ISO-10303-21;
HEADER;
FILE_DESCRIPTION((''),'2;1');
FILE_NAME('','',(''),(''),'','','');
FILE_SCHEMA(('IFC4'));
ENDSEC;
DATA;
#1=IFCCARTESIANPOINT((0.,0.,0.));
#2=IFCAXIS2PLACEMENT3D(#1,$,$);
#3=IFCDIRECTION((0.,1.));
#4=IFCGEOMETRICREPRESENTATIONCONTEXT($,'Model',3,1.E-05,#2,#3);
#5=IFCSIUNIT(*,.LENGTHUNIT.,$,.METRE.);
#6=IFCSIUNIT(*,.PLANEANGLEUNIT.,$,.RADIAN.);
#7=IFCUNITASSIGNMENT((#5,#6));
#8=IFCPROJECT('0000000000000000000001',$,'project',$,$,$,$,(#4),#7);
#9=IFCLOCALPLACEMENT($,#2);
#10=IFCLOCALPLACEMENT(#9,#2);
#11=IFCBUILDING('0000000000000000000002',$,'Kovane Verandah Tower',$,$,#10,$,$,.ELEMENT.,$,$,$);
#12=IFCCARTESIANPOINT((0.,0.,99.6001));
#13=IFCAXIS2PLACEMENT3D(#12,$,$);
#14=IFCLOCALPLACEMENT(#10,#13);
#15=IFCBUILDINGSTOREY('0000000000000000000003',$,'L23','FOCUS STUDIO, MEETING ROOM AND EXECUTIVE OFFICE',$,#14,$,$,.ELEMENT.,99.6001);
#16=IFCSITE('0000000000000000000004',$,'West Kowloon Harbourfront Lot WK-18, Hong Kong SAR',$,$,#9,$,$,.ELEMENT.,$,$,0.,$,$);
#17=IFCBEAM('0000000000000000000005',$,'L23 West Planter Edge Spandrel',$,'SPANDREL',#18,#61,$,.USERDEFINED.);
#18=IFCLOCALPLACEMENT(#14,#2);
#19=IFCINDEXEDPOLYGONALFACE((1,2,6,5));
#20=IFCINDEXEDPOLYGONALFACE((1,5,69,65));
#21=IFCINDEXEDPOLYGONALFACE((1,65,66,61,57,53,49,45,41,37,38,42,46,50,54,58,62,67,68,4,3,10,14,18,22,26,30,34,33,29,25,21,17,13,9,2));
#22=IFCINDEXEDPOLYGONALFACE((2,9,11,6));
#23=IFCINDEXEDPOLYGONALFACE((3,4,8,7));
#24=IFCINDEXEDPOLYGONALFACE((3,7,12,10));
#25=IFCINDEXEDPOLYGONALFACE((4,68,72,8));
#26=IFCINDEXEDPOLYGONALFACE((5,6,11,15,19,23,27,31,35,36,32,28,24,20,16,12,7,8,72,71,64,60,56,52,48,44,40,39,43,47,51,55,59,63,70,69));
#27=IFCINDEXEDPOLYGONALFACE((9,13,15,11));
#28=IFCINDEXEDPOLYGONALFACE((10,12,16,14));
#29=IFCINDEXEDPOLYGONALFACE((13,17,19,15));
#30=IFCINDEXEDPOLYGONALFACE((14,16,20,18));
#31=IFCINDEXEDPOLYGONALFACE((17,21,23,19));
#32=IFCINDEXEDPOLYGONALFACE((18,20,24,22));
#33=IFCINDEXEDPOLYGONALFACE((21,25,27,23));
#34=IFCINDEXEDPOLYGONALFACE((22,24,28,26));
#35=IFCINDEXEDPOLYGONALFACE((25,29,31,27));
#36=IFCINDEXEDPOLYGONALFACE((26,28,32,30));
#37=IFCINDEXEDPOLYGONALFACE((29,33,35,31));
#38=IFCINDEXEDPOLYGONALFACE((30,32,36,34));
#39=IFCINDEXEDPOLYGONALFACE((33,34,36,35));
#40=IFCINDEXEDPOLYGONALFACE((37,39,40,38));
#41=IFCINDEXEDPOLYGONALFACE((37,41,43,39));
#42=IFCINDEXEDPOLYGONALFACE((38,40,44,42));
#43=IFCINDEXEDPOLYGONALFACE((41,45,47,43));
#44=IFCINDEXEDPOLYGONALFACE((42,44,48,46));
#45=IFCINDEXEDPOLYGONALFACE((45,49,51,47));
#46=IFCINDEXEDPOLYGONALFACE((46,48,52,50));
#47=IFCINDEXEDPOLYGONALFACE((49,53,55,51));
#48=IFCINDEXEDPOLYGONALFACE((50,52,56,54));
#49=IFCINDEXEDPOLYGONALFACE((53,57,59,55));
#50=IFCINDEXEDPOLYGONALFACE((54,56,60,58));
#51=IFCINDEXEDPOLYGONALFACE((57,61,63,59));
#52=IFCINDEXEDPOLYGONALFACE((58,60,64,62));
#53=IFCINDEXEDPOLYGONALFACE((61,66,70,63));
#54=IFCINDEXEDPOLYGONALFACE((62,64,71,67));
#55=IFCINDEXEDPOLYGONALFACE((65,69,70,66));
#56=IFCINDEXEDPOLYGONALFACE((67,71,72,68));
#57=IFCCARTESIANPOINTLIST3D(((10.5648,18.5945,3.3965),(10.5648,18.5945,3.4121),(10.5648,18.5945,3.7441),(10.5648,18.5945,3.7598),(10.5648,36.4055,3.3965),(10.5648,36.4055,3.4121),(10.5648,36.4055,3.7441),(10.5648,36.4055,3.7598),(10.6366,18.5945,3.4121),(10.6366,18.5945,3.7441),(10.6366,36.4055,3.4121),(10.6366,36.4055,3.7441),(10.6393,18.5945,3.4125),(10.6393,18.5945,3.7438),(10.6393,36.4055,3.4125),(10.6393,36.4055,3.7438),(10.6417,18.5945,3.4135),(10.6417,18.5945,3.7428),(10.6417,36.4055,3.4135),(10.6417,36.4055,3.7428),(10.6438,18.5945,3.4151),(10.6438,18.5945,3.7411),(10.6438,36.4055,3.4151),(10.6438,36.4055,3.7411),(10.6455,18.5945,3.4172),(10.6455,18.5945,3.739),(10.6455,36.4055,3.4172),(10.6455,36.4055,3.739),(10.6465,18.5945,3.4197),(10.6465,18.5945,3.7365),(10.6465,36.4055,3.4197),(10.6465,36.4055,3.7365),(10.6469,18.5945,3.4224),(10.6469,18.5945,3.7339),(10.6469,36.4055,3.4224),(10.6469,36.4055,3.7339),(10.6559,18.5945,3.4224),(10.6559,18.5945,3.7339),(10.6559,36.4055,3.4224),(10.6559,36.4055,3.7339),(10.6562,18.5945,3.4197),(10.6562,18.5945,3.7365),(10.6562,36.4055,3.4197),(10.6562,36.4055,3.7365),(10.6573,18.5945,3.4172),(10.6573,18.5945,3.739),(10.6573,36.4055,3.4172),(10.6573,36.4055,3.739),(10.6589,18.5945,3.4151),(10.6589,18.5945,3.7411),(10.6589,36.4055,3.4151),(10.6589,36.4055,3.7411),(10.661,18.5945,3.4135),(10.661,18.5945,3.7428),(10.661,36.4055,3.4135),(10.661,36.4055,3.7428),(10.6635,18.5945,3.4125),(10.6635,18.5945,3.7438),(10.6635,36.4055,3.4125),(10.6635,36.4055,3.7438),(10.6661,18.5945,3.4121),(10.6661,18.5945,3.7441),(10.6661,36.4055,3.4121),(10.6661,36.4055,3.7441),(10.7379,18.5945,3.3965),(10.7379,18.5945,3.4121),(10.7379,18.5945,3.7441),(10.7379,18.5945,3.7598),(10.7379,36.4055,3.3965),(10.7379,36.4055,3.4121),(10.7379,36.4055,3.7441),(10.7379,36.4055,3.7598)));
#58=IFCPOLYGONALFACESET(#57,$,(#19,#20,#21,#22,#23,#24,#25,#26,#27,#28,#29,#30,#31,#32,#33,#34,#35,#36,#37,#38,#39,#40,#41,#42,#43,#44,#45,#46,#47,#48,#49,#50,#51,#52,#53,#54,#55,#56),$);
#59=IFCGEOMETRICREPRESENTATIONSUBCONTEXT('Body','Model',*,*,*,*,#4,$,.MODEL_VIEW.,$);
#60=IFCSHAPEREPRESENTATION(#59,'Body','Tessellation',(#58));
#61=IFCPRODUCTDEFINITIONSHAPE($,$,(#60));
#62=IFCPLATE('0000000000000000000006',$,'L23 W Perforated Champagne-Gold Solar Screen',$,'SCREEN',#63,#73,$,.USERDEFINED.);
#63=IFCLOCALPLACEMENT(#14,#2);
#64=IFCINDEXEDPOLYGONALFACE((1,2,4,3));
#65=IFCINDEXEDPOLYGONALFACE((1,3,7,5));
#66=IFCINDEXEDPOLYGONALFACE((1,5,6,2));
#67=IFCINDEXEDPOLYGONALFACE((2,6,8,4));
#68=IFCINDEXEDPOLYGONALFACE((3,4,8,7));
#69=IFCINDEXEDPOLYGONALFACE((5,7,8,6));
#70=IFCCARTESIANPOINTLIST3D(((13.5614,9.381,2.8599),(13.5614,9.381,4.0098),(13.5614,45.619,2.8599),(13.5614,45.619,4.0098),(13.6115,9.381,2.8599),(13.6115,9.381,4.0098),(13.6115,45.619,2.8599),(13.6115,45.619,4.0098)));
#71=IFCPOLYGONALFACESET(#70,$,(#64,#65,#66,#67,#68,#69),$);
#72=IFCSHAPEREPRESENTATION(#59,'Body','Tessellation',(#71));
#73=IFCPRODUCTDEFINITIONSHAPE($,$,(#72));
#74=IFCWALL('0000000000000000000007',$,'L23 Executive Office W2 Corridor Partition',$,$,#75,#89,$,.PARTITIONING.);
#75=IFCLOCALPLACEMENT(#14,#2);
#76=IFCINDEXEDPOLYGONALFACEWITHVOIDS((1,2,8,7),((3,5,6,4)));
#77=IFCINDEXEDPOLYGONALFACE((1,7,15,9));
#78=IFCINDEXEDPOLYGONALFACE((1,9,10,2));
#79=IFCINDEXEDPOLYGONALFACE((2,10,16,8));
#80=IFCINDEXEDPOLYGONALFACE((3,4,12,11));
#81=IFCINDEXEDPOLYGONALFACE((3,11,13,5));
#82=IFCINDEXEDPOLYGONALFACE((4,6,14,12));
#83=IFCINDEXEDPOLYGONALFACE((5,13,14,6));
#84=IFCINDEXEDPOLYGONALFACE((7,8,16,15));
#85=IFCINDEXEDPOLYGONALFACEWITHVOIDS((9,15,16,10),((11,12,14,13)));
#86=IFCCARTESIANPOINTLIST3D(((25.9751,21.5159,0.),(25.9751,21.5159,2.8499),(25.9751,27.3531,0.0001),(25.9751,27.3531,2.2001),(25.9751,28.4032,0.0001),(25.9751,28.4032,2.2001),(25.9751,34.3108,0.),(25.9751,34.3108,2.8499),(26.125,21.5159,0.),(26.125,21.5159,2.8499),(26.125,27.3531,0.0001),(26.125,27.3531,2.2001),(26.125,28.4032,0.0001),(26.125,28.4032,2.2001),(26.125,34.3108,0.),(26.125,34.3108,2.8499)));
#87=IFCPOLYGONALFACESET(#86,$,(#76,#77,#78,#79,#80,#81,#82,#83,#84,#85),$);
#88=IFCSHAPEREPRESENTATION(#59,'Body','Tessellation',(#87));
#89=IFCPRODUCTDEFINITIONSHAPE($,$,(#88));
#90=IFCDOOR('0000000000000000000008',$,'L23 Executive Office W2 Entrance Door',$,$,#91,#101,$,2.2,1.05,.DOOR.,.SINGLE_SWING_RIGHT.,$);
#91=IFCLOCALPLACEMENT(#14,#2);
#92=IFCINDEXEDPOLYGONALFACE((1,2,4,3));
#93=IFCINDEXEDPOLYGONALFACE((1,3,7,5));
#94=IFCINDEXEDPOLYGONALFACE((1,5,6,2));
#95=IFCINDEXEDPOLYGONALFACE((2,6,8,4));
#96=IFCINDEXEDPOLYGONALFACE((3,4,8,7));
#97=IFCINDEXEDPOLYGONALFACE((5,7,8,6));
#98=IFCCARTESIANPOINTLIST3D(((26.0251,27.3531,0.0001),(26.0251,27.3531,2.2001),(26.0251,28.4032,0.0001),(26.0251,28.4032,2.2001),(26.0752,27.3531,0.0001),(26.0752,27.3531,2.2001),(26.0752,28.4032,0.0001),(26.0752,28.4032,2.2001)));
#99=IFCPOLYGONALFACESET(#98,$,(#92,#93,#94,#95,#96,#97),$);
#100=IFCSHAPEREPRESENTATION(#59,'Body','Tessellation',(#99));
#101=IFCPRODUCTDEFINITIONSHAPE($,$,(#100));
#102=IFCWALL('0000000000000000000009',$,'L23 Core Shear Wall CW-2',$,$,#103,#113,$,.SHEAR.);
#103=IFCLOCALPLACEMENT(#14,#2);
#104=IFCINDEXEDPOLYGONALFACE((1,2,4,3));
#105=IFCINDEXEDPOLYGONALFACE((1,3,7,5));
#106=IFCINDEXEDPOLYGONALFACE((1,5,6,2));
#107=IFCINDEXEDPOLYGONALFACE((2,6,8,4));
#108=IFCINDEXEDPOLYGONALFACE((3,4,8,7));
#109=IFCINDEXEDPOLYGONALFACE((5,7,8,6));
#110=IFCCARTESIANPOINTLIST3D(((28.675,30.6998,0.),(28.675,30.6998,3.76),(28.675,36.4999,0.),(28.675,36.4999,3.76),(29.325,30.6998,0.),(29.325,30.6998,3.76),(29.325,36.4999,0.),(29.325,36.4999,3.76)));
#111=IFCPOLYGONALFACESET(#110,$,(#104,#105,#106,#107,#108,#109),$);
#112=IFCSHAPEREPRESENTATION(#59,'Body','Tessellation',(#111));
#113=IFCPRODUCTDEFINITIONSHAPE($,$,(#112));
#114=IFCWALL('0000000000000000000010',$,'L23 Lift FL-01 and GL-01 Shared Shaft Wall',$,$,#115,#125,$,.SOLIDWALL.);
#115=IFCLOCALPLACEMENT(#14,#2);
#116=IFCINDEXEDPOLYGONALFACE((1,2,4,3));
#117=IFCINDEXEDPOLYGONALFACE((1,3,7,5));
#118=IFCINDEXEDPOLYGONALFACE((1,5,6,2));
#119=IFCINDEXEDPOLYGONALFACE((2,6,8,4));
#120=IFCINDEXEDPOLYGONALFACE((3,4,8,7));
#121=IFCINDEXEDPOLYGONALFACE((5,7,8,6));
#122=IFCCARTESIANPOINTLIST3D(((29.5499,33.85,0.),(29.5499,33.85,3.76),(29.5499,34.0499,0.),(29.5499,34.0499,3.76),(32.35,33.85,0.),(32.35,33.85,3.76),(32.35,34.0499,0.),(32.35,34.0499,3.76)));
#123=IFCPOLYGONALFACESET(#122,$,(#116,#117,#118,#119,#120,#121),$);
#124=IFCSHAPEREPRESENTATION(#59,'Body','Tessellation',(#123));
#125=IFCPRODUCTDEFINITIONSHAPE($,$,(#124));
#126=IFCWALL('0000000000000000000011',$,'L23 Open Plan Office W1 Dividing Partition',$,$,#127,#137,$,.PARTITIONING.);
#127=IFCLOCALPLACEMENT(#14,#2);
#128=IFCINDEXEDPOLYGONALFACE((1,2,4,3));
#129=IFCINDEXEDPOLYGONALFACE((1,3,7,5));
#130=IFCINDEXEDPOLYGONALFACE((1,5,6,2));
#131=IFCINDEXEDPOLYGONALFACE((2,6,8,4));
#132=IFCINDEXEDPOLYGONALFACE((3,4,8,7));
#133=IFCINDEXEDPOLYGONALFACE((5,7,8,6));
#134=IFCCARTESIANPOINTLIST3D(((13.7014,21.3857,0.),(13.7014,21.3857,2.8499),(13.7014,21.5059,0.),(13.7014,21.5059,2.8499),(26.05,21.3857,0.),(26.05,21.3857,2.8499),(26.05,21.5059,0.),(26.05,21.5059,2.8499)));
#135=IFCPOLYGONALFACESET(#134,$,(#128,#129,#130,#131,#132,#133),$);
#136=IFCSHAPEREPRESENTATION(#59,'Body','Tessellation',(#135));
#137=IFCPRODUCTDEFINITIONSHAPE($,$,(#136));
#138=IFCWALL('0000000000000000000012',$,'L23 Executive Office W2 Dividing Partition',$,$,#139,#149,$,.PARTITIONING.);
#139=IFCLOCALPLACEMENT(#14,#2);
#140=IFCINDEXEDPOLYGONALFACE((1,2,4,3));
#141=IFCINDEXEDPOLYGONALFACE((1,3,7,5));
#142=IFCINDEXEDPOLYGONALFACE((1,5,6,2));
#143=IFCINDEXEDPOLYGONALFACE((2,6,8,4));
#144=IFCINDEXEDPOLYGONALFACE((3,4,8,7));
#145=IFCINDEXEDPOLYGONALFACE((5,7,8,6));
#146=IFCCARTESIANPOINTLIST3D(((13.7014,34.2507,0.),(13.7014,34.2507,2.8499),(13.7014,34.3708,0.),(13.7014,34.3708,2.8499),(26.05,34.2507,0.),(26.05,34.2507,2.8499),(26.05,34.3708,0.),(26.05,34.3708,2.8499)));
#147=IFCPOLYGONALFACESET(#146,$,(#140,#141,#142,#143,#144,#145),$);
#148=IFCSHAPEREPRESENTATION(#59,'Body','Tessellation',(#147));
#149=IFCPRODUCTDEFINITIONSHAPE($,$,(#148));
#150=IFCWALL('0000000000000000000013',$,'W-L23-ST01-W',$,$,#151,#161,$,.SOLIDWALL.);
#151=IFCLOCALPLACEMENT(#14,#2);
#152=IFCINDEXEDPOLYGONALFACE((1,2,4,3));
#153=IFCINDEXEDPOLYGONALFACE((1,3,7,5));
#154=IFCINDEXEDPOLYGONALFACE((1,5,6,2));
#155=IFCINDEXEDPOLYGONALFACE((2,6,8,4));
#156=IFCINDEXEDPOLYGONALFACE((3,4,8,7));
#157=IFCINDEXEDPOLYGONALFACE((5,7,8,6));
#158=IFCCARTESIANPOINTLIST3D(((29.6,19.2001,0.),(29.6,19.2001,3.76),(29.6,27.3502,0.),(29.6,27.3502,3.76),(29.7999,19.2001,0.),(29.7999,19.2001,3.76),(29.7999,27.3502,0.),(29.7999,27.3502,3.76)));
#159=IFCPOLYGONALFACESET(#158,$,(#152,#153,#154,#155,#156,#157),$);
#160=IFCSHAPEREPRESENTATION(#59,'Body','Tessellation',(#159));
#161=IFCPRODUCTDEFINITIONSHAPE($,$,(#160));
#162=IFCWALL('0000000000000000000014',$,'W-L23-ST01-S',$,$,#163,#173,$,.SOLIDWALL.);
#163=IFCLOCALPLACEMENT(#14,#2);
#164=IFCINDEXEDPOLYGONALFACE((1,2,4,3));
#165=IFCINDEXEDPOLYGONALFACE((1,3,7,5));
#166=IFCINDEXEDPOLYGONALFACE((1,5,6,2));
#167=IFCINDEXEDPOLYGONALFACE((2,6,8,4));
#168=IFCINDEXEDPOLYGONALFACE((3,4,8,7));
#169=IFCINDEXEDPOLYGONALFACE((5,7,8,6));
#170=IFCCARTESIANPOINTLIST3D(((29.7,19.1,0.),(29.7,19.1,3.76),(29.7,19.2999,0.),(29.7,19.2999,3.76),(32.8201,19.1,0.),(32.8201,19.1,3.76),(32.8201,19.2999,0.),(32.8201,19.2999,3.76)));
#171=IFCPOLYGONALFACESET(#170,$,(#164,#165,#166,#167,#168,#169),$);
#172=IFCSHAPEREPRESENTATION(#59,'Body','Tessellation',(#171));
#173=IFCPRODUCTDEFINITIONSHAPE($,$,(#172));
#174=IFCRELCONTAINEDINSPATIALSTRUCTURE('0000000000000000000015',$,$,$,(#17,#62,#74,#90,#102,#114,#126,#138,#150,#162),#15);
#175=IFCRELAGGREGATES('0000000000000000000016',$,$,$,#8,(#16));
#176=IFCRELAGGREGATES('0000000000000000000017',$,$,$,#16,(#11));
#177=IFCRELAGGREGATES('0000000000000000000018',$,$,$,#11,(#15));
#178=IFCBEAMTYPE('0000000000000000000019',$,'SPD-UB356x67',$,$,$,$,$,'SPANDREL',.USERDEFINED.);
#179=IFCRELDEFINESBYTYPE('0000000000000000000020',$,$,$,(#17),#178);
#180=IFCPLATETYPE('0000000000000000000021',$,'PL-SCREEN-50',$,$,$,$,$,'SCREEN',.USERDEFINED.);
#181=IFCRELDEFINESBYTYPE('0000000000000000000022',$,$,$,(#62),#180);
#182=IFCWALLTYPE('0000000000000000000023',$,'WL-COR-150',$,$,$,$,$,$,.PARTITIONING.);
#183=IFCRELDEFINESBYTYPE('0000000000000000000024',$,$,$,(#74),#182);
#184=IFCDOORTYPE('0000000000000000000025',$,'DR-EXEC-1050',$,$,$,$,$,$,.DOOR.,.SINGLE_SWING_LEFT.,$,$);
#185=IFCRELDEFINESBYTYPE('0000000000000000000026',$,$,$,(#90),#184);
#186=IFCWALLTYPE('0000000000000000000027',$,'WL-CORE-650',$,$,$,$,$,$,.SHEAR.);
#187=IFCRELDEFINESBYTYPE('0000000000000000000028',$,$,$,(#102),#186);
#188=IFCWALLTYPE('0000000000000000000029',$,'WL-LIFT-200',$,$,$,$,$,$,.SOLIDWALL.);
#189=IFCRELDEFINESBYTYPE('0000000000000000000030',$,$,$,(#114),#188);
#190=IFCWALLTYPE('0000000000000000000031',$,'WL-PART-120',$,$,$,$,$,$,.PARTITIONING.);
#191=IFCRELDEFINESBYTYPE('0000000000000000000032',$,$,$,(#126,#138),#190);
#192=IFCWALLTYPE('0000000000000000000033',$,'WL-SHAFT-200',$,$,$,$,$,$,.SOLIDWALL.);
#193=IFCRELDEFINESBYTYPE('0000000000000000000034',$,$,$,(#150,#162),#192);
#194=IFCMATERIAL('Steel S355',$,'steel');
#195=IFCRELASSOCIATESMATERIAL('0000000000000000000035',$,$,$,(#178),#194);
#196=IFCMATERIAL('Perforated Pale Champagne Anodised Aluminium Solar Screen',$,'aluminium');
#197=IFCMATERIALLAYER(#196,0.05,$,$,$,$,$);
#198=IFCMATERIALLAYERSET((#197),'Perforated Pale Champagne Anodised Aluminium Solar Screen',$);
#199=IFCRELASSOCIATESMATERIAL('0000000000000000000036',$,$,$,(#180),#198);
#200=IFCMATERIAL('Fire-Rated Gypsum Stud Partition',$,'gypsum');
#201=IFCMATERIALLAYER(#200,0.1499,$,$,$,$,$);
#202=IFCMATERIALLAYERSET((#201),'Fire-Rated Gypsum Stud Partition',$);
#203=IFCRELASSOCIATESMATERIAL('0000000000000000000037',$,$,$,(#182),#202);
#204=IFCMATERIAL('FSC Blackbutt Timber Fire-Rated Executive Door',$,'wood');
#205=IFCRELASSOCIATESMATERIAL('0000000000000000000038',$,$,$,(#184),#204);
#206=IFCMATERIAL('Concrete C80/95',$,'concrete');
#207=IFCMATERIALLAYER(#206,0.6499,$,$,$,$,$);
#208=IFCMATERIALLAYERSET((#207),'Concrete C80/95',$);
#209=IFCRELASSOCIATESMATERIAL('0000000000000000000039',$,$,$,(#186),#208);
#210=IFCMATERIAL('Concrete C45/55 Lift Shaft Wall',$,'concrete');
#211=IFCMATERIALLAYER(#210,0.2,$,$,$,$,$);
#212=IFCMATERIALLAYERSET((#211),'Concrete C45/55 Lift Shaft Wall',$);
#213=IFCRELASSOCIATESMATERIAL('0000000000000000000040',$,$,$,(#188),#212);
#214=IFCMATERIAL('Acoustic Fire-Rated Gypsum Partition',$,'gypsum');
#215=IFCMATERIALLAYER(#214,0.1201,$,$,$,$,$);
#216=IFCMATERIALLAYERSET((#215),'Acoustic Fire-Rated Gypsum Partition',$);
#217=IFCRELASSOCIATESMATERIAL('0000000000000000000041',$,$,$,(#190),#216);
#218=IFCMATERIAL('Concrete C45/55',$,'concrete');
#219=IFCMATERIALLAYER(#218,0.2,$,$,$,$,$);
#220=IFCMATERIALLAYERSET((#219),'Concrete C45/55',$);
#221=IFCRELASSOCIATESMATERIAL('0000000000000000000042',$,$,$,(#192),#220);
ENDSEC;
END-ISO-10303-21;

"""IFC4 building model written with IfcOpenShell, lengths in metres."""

from ifc_helpers import new_model, si_unit, direction, frame, frame_2d, origin, origin_2d, place, context, subcontext, project, spatial, rectangle, i_section, extrude, material, layer, layer_set, material_profile, profile_set, type_object, element, fill, save


model = new_model("IFC4")

# Units and contexts
model_context = context("Model", 3, precision=1e-05, world=origin(), true_north=direction((0.0, 1.0)))
body_context = subcontext(model_context, "Body", "Model", "MODEL_VIEW")
ifc_project = project(units=[si_unit("LENGTHUNIT", "METRE"), si_unit("PLANEANGLEUNIT", "RADIAN")], contexts=[model_context])

# Site, building, storey
site_placement = place(None, origin())
site = spatial("IfcSite", under=ifc_project, at=site_placement, Name="West Kowloon Harbourfront Lot WK-18, Hong Kong SAR", CompositionType="ELEMENT", RefElevation=0.0)
building_placement = place(site_placement, origin())
building = spatial("IfcBuilding", under=site, at=building_placement, Name="Kovane Verandah Tower", CompositionType="ELEMENT")
storey_placement = place(building_placement, frame((0.0, 0.0, 99.6001)))
storey = spatial("IfcBuildingStorey", under=building, at=storey_placement, Name="L23", Description="FOCUS STUDIO, MEETING ROOM AND EXECUTIVE OFFICE", CompositionType="ELEMENT", Elevation=99.6001)

# Beam
ifc_material_1 = material(Name="Concrete C80/95", Category="concrete")
ifc_material_2 = material(Name="Steel S355", Category="steel")
ifc_material_profile_1 = material_profile(ifc_material_2, i_section(OverallWidth=0.1731, OverallDepth=0.3633, WebThickness=0.009, FlangeThickness=0.0156, FilletRadius=0.0103, at=origin_2d()), Name="UB356x171x67")
ifc_profile_set_1 = profile_set([ifc_material_profile_1], Name="Steel S355")
beam_type_1 = type_object("IfcBeamType", Name="SPD-UB356x67", ElementType="SPANDREL", PredefinedType="USERDEFINED", material=ifc_profile_set_1)
beam_1_placement = place(storey_placement, frame((10.6514, 18.5945, 3.5781), z_axis=(0.0, 1.0, 0.0), x_axis=(-1.0, 0.0, 0.0)))
element("IfcBeam", 1, at=beam_1_placement, inside=storey, type_object=beam_type_1, Name="L23 West Planter Edge Spandrel", ObjectType="SPANDREL", PredefinedType="USERDEFINED", context=body_context, shape_type="SweptSolid", body=[
    extrude(i_section(OverallWidth=0.1731, OverallDepth=0.3633, WebThickness=0.009, FlangeThickness=0.0156, FilletRadius=0.0103, at=origin_2d()), origin(), (0.0, 0.0, 1.0), 17.811),
])

# Plate
ifc_material_3 = material(Name="Perforated Pale Champagne Anodised Aluminium Solar Screen", Category="aluminium")
ifc_layer_1 = layer(ifc_material_3, 0.05)
ifc_layer_set_1 = layer_set([ifc_layer_1], Name="Perforated Pale Champagne Anodised Aluminium Solar Screen")
plate_type = type_object("IfcPlateType", Name="PL-SCREEN-50", ElementType="SCREEN", PredefinedType="USERDEFINED", material=ifc_layer_set_1)
plate_placement = place(storey_placement, frame((13.5864, 27.5, 2.8599), z_axis=(0.0, 0.0, 1.0), x_axis=(0.0, -1.0, 0.0)))
element("IfcPlate", 2, at=plate_placement, inside=storey, type_object=plate_type, Name="L23 W Perforated Champagne-Gold Solar Screen", ObjectType="SCREEN", PredefinedType="USERDEFINED", context=body_context, shape_type="SweptSolid", body=[
    extrude(rectangle(XDim=36.238, YDim=0.05, at=origin_2d()), origin(), (0.0, 0.0, 1.0), 1.1499),
])

# Wall, opening, door
ifc_material_4 = material(Name="Fire-Rated Gypsum Stud Partition", Category="gypsum")
ifc_layer_2 = layer(ifc_material_4, 0.1499)
ifc_layer_set_2 = layer_set([ifc_layer_2], Name="Fire-Rated Gypsum Stud Partition")
wall_type_1 = type_object("IfcWallType", Name="WL-COR-150", PredefinedType="PARTITIONING", material=ifc_layer_set_2)
wall_1_placement = place(storey_placement, frame((26.05, 21.5159, 0.0), z_axis=(0.0, 0.0, 1.0), x_axis=(0.0, 1.0, 0.0)))
wall_1 = element("IfcWall", 3, at=wall_1_placement, inside=storey, type_object=wall_type_1, Name="L23 Executive Office W2 Corridor Partition", PredefinedType="PARTITIONING", context=body_context, shape_type="SweptSolid", body=[
    extrude(rectangle(XDim=12.7949, YDim=0.1499, at=frame_2d((6.3975, 0.0))), origin(), (0.0, 0.0, 1.0), 2.8499),
])
opening_1_placement = place(wall_1_placement, frame((5.8374, 0.0, 0.0)))
opening_1 = element("IfcOpeningElement", 4, at=opening_1_placement, cuts=wall_1, PredefinedType="OPENING", context=body_context, shape_type="SweptSolid", body=[
    extrude(rectangle(XDim=1.05, YDim=2.2, at=frame_2d((0.5249, 1.1001))), frame((0.0, 0.075, 0.0), z_axis=(0.0, -1.0, 0.0), x_axis=(1.0, 0.0, 0.0)), (0.0, 0.0, 1.0), 0.1499),
])
ifc_material_5 = material(Name="FSC Blackbutt Timber Fire-Rated Executive Door", Category="wood")
door_type_1 = type_object("IfcDoorType", Name="DR-EXEC-1050", OperationType="SINGLE_SWING_LEFT", PredefinedType="DOOR", material=ifc_material_5)
door_1_placement = place(opening_1_placement, origin())
door_1 = element("IfcDoor", 5, at=door_1_placement, inside=storey, type_object=door_type_1, Name="L23 Executive Office W2 Entrance Door", OperationType="SINGLE_SWING_RIGHT", OverallHeight=2.2, OverallWidth=1.05, PredefinedType="DOOR", context=body_context, shape_type="SweptSolid", body=[
    extrude(rectangle(XDim=1.05, YDim=2.2, at=frame_2d((0.5249, 1.1001))), frame((0.0, 0.0249, 0.0), z_axis=(0.0, -1.0, 0.0), x_axis=(1.0, 0.0, 0.0)), (0.0, 0.0, 1.0), 0.05),
])
fill(opening_1, door_1)

# Wall
ifc_layer_3 = layer(ifc_material_1, 0.6499)
ifc_layer_set_3 = layer_set([ifc_layer_3], Name="Concrete C80/95")
wall_type_2 = type_object("IfcWallType", Name="WL-CORE-650", PredefinedType="SHEAR", material=ifc_layer_set_3)
wall_2_placement = place(storey_placement, frame((29.0, 30.7, 0.0), z_axis=(0.0, 0.0, 1.0), x_axis=(0.0, 1.0, 0.0)))
element("IfcWall", 6, at=wall_2_placement, inside=storey, type_object=wall_type_2, Name="L23 Core Shear Wall CW-2", PredefinedType="SHEAR", context=body_context, shape_type="SweptSolid", body=[
    extrude(rectangle(XDim=5.8, YDim=0.6499, at=frame_2d((2.8999, 0.0))), origin(), (0.0, 0.0, 1.0), 3.76),
])

# Shared definitions
ifc_material_6 = material(Name="Concrete C45/55 Lift Shaft Wall", Category="concrete")
ifc_layer_4 = layer(ifc_material_6, 0.2)
ifc_layer_set_4 = layer_set([ifc_layer_4], Name="Concrete C45/55 Lift Shaft Wall")
wall_type_3 = type_object("IfcWallType", Name="WL-LIFT-200", PredefinedType="SOLIDWALL", material=ifc_layer_set_4)

# Walls
wall_3_placement = place(storey_placement, frame((29.55, 33.95, 0.0), z_axis=(0.0, 0.0, 1.0), x_axis=(1.0, 0.0, 0.0)))
element("IfcWall", 7, at=wall_3_placement, inside=storey, type_object=wall_type_3, Name="L23 Lift FL-01 and GL-01 Shared Shaft Wall", PredefinedType="SOLIDWALL", context=body_context, shape_type="SweptSolid", body=[
    extrude(rectangle(XDim=2.8, YDim=0.2, at=frame_2d((1.3999, 0.0))), origin(), (0.0, 0.0, 1.0), 3.76),
])
ifc_material_7 = material(Name="Acoustic Fire-Rated Gypsum Partition", Category="gypsum")
ifc_layer_5 = layer(ifc_material_7, 0.1201)
ifc_layer_set_5 = layer_set([ifc_layer_5], Name="Acoustic Fire-Rated Gypsum Partition")
wall_type_4 = type_object("IfcWallType", Name="WL-PART-120", PredefinedType="PARTITIONING", material=ifc_layer_set_5)
for number, where, z_axis, x_axis, name in (
    (8, (13.7014, 21.4458, 0.0), (0.0, 0.0, 1.0), (1.0, 0.0, 0.0), "L23 Open Plan Office W1 Dividing Partition"),
    (9, (13.7014, 34.3108, 0.0), (0.0, 0.0, 1.0), (1.0, 0.0, 0.0), "L23 Executive Office W2 Dividing Partition"),
):
    element("IfcWall", number, at=place(storey_placement, frame(where, z_axis=z_axis, x_axis=x_axis)), inside=storey, type_object=wall_type_4, Name=name, PredefinedType="PARTITIONING", context=body_context, shape_type="SweptSolid", body=[
        extrude(rectangle(XDim=12.3486, YDim=0.1201, at=frame_2d((6.1743, 0.0))), origin(), (0.0, 0.0, 1.0), 2.8499),
    ])
ifc_material_8 = material(Name="Concrete C45/55", Category="concrete")
ifc_layer_6 = layer(ifc_material_8, 0.2)
ifc_layer_set_6 = layer_set([ifc_layer_6], Name="Concrete C45/55")
wall_type_5 = type_object("IfcWallType", Name="WL-SHAFT-200", PredefinedType="SOLIDWALL", material=ifc_layer_set_6)
wall_4_placement = place(storey_placement, frame((29.7, 19.2, 0.0), z_axis=(0.0, 0.0, 1.0), x_axis=(0.0, 1.0, 0.0)))
element("IfcWall", 10, at=wall_4_placement, inside=storey, type_object=wall_type_5, Name="W-L23-ST01-W", PredefinedType="SOLIDWALL", context=body_context, shape_type="SweptSolid", body=[
    extrude(rectangle(XDim=8.1501, YDim=0.2, at=frame_2d((4.0752, 0.0))), origin(), (0.0, 0.0, 1.0), 3.76),
])
wall_5_placement = place(storey_placement, frame((29.7, 19.2, 0.0), z_axis=(0.0, 0.0, 1.0), x_axis=(1.0, 0.0, 0.0)))
element("IfcWall", 11, at=wall_5_placement, inside=storey, type_object=wall_type_5, Name="W-L23-ST01-S", PredefinedType="SOLIDWALL", context=body_context, shape_type="SweptSolid", body=[
    extrude(rectangle(XDim=3.1201, YDim=0.2, at=frame_2d((1.5601, 0.0))), origin(), (0.0, 0.0, 1.0), 3.76),
])

save(model, "model.ifc")
